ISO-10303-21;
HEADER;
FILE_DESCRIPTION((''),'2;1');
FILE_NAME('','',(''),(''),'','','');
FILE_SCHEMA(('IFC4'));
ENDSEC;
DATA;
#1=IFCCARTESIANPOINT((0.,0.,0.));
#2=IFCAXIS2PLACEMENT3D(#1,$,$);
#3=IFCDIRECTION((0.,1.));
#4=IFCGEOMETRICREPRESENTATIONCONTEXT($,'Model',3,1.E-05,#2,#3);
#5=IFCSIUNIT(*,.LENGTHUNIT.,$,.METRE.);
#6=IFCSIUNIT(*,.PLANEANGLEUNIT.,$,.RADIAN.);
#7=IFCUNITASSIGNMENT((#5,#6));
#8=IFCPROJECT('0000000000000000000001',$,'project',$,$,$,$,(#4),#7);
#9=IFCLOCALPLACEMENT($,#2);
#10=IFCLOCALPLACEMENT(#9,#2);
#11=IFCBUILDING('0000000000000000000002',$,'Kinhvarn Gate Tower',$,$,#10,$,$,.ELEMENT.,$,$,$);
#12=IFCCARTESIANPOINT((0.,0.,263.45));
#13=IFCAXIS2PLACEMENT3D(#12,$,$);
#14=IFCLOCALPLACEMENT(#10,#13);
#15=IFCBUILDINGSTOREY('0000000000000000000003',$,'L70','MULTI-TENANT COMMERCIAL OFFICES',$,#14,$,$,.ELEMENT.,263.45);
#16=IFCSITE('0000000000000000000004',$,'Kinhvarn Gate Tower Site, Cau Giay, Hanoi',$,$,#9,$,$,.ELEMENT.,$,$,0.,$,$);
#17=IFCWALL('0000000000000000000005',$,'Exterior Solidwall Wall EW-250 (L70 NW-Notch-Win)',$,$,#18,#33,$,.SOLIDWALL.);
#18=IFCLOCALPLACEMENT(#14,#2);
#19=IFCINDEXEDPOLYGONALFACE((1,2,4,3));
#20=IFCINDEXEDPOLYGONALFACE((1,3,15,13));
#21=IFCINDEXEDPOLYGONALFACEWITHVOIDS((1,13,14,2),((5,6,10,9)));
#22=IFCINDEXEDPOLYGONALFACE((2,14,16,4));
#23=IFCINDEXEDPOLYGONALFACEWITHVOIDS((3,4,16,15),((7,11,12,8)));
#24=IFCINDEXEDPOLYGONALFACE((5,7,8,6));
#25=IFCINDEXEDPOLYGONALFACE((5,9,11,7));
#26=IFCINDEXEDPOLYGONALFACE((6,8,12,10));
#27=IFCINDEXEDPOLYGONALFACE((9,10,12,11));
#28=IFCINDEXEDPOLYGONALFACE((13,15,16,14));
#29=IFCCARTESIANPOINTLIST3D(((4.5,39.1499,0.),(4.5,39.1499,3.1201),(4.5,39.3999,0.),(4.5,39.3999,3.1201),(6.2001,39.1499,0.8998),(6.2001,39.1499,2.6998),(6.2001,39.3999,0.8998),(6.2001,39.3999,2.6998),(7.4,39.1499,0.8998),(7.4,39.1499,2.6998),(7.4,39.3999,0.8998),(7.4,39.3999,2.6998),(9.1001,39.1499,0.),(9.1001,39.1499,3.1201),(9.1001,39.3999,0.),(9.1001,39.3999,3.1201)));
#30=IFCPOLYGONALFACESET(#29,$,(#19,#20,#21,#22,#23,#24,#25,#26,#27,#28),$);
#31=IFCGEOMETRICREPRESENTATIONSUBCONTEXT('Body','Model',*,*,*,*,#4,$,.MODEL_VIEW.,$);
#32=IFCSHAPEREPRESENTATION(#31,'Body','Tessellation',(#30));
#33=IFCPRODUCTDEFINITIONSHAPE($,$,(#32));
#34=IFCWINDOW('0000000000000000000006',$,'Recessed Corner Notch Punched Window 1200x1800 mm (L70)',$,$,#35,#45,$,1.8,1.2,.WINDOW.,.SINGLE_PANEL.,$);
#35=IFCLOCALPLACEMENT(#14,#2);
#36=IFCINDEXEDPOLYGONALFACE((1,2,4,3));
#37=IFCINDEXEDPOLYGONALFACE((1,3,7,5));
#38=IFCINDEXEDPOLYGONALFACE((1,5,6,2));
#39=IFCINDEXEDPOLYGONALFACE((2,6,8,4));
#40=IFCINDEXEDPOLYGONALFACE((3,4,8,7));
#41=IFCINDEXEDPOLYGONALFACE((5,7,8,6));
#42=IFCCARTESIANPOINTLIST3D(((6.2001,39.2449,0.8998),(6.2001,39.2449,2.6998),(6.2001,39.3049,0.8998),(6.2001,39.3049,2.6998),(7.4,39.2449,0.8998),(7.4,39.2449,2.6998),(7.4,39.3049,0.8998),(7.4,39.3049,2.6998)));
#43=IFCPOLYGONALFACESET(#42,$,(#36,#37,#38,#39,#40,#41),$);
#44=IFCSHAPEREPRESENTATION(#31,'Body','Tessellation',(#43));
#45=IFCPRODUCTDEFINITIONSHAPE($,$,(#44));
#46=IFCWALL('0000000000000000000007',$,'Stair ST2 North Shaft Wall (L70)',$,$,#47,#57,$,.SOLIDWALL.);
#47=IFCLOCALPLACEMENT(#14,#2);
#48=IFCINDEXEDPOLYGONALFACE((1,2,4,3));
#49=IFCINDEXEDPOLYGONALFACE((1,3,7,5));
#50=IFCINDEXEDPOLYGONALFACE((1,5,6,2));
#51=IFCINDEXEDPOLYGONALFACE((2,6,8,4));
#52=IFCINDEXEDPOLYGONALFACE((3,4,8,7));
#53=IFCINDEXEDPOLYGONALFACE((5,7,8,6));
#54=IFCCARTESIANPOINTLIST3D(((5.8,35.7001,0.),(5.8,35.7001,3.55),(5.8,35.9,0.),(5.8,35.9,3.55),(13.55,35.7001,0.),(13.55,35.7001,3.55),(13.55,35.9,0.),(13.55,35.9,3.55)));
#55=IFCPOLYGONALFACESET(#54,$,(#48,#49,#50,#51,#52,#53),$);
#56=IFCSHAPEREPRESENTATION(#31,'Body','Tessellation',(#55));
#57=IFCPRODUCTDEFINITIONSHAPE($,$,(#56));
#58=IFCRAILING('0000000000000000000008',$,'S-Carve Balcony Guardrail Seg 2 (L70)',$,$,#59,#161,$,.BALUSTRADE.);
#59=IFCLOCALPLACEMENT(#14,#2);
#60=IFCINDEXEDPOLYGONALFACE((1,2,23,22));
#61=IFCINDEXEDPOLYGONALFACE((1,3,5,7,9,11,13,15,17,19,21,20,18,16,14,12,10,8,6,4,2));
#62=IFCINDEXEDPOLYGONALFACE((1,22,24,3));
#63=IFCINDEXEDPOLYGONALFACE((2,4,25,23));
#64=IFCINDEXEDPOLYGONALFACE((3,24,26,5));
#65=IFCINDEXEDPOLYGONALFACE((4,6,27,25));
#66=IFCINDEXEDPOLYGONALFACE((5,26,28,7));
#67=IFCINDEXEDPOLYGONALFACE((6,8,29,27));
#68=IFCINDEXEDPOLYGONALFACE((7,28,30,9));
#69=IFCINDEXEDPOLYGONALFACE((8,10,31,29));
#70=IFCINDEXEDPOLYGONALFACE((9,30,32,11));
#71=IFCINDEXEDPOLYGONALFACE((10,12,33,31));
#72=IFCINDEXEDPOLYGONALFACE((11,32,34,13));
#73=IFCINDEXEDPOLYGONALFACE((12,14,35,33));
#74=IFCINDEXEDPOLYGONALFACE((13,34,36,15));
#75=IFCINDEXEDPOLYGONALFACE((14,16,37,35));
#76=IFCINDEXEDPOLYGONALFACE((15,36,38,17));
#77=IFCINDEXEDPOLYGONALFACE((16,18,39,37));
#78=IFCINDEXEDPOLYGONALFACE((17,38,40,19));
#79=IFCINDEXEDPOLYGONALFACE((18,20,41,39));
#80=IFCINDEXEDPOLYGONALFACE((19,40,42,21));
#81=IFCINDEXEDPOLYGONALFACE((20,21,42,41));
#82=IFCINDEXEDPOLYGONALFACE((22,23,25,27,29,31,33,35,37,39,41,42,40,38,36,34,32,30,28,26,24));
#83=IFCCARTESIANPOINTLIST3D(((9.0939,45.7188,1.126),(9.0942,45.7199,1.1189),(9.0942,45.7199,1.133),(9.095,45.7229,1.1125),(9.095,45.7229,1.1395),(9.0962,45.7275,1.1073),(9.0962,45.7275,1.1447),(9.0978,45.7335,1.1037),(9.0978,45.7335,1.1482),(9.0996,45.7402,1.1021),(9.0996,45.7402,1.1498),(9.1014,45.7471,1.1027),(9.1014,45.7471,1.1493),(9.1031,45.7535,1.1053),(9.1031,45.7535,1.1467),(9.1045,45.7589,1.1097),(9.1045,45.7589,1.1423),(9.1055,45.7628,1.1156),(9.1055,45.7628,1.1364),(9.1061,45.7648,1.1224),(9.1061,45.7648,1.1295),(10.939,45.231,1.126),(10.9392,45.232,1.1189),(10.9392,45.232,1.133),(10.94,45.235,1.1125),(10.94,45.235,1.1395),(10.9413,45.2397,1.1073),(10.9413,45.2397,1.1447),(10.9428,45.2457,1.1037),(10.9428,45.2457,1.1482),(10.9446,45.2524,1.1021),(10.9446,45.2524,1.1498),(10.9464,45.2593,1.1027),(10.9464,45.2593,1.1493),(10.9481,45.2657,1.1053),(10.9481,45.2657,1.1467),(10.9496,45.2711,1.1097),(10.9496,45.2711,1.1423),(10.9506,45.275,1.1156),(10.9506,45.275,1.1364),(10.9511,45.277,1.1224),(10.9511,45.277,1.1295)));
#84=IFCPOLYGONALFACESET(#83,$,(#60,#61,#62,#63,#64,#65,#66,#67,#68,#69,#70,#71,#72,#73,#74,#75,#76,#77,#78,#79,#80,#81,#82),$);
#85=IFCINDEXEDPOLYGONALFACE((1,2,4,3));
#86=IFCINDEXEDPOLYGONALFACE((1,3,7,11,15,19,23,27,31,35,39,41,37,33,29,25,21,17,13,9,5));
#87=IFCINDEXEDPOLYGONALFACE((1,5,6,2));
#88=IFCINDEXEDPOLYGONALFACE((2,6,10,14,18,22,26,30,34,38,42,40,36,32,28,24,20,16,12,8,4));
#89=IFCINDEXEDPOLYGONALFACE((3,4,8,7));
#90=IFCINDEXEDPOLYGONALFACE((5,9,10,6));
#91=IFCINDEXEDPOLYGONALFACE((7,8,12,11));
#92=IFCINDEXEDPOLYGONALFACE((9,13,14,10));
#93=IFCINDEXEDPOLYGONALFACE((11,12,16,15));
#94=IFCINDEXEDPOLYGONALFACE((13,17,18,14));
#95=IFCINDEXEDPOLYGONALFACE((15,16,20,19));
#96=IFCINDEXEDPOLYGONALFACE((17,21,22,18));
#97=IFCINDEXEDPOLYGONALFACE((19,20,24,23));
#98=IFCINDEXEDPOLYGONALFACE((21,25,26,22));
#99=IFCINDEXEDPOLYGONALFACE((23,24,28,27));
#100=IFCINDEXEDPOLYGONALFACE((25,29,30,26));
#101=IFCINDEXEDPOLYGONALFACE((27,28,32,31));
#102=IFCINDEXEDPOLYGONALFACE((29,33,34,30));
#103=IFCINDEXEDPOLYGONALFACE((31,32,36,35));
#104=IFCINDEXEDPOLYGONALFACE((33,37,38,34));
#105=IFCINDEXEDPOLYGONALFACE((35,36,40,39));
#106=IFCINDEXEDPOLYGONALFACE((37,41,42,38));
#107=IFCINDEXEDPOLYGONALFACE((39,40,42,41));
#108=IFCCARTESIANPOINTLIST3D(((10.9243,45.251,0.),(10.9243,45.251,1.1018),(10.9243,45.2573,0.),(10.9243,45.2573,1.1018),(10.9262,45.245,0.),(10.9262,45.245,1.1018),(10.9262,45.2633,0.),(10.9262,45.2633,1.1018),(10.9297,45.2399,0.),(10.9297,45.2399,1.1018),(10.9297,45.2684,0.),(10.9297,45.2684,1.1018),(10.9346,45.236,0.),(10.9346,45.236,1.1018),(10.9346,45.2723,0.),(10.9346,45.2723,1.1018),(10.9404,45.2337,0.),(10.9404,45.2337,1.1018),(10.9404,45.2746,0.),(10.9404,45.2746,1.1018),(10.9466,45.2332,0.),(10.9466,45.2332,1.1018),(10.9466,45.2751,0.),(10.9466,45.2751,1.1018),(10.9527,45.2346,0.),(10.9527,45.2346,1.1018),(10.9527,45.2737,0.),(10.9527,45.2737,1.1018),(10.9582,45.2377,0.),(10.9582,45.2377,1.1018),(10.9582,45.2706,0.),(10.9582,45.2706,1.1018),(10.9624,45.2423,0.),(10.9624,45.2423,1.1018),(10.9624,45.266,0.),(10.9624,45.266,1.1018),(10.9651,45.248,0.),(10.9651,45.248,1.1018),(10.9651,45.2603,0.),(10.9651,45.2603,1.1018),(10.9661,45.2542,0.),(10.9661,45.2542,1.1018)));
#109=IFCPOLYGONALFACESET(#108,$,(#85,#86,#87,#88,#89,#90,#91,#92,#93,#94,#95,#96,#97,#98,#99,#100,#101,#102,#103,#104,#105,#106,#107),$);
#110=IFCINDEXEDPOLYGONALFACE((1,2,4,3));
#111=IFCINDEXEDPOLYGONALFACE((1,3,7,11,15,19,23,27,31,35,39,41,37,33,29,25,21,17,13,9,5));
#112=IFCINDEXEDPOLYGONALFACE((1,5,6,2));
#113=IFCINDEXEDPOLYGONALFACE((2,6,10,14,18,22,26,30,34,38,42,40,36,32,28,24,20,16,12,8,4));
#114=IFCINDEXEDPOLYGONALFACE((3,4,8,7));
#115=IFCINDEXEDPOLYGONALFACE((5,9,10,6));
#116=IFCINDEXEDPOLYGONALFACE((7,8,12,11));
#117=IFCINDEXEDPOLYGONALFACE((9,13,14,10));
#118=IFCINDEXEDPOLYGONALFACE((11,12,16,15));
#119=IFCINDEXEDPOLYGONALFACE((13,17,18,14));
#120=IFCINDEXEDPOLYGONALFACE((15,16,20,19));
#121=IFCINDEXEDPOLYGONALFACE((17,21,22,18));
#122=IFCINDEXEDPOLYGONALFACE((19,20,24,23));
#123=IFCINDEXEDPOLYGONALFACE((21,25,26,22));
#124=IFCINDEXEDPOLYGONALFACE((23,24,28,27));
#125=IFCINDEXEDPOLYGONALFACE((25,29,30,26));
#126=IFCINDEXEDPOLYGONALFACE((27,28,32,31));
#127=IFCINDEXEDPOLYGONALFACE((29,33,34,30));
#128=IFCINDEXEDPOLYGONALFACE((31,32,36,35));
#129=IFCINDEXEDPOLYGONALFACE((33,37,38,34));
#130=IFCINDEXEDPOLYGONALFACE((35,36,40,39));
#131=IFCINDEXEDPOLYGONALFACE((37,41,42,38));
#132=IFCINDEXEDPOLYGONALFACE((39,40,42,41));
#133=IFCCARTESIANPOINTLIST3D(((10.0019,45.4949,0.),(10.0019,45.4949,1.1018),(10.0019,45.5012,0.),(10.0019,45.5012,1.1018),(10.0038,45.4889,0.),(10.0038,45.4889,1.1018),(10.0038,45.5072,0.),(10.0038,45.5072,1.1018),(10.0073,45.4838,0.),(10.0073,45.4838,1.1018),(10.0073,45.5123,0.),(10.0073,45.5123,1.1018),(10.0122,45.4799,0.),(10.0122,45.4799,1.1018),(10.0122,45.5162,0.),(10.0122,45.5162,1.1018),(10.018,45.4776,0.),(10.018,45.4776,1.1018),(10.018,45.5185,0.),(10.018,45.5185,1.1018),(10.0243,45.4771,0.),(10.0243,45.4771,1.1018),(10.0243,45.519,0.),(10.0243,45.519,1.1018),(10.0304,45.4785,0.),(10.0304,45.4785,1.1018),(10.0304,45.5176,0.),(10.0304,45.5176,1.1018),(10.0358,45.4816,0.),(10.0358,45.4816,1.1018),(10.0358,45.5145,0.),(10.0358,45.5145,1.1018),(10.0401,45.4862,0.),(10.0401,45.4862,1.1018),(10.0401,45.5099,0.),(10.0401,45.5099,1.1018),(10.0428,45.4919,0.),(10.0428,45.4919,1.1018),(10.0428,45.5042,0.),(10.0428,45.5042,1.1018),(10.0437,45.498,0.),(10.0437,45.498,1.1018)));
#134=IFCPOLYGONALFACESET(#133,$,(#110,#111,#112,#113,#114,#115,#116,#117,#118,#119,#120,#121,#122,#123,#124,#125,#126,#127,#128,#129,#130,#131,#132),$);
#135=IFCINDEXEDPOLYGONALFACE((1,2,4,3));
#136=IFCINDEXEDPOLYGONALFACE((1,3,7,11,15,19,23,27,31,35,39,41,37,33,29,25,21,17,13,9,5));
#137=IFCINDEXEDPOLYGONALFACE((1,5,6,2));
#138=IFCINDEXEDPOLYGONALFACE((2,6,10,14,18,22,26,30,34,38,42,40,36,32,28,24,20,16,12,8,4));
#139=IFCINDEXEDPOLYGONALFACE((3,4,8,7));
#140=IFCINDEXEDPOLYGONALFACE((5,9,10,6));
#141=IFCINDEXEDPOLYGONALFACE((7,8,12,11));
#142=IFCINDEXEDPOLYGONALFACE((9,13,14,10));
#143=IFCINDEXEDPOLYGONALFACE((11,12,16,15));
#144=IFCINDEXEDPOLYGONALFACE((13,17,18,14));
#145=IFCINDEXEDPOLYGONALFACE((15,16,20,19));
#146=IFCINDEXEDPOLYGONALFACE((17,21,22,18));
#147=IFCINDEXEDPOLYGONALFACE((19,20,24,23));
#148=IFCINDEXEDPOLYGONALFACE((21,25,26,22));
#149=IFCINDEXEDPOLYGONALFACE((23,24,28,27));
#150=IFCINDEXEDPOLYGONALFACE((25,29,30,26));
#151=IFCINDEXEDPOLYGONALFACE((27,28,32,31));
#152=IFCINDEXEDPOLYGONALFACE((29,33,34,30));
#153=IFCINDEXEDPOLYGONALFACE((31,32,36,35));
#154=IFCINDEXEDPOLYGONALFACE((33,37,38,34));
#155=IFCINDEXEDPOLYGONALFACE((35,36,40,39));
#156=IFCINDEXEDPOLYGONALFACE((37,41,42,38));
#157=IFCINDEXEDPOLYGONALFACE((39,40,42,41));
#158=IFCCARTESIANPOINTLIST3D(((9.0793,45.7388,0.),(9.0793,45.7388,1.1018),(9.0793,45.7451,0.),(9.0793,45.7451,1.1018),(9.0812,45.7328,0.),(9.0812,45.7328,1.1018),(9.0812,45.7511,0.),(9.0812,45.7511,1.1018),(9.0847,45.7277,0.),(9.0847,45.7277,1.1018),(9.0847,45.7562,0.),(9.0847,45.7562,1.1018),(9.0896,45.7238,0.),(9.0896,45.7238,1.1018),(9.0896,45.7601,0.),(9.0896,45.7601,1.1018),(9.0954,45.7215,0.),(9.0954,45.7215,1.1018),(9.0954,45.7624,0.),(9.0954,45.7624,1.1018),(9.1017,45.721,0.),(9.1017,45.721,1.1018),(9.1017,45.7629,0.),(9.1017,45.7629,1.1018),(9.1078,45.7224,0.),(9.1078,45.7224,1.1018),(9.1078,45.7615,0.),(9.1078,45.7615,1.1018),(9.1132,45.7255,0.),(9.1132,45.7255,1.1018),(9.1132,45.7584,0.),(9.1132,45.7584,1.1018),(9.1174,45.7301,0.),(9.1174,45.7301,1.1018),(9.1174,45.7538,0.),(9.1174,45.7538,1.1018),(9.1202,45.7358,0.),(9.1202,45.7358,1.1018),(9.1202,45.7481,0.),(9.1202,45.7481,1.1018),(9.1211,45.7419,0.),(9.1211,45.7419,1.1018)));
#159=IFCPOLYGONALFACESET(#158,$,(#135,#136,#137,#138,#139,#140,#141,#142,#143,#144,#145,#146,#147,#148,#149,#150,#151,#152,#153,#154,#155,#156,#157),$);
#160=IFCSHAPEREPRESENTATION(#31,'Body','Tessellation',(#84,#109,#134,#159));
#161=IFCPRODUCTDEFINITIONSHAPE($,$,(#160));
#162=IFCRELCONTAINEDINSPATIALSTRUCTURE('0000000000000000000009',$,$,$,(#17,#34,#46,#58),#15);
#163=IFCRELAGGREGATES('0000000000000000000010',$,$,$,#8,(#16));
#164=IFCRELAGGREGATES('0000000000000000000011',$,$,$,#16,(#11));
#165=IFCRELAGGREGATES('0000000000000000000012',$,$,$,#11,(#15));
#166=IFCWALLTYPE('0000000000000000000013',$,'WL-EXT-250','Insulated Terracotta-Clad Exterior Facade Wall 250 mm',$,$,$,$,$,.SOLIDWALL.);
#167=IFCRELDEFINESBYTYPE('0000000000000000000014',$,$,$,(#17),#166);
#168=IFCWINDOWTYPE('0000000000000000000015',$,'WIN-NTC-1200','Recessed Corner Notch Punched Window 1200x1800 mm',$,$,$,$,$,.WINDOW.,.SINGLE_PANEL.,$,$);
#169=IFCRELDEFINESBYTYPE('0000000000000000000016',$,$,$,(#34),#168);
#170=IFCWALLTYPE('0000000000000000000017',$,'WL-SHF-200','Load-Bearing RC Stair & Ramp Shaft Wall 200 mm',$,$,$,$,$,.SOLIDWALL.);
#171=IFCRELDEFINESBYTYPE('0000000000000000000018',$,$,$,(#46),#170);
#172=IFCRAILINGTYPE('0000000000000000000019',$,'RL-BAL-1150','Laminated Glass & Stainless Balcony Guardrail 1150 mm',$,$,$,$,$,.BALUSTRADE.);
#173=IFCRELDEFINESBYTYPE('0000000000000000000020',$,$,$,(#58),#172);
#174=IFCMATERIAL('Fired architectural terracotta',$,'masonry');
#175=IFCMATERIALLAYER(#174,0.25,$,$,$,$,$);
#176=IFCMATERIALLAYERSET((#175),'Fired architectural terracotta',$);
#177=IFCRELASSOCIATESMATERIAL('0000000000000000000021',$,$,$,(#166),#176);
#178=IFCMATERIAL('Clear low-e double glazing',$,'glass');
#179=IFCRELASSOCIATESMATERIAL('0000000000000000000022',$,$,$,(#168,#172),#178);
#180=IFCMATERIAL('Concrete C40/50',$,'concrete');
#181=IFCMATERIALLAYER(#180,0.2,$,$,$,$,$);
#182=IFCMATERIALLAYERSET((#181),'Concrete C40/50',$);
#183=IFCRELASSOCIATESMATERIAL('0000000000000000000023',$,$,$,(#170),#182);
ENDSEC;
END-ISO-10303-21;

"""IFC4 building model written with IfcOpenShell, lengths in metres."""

from ifc_helpers import new_model, si_unit, direction, frame, frame_2d, origin, origin_2d, place, context, subcontext, project, spatial, rectangle, circle, extrude, material, layer, layer_set, type_object, element, fill, save


model = new_model("IFC4")

# Units and contexts
model_context = context("Model", 3, precision=1e-05, world=origin(), true_north=direction((0.0, 1.0)))
body_context = subcontext(model_context, "Body", "Model", "MODEL_VIEW")
ifc_project = project(units=[si_unit("LENGTHUNIT", "METRE"), si_unit("PLANEANGLEUNIT", "RADIAN")], contexts=[model_context])

# Site, building, storey
site_placement = place(None, origin())
site = spatial("IfcSite", under=ifc_project, at=site_placement, Name="Kinhvarn Gate Tower Site, Cau Giay, Hanoi", CompositionType="ELEMENT", RefElevation=0.0)
building_placement = place(site_placement, origin())
building = spatial("IfcBuilding", under=site, at=building_placement, Name="Kinhvarn Gate Tower", CompositionType="ELEMENT")
storey_placement = place(building_placement, frame((0.0, 0.0, 263.45)))
storey = spatial("IfcBuildingStorey", under=building, at=storey_placement, Name="L70", Description="MULTI-TENANT COMMERCIAL OFFICES", CompositionType="ELEMENT", Elevation=263.45)

# Shared definitions
ifc_material_1 = material(Name="Fired architectural terracotta", Category="masonry")
ifc_layer_1 = layer(ifc_material_1, 0.25)
ifc_layer_set_1 = layer_set([ifc_layer_1], Name="Fired architectural terracotta")
wall_type_1 = type_object("IfcWallType", Name="WL-EXT-250", Description="Insulated Terracotta-Clad Exterior Facade Wall 250 mm", PredefinedType="SOLIDWALL", material=ifc_layer_set_1)

# Shared definitions
ifc_material_2 = material(Name="Clear low-e double glazing", Category="glass")

# Wall, opening, window
wall_1_placement = place(storey_placement, frame((9.1001, 39.2749, 0.0), z_axis=(0.0, 0.0, 1.0), x_axis=(-1.0, 0.0, 0.0)))
wall_1 = element("IfcWall", 1, at=wall_1_placement, inside=storey, type_object=wall_type_1, Name="Exterior Solidwall Wall EW-250 (L70 NW-Notch-Win)", PredefinedType="SOLIDWALL", context=body_context, shape_type="SweptSolid", body=[
    extrude(rectangle(XDim=4.6001, YDim=0.25, at=frame_2d((2.3, 0.0))), origin(), (0.0, 0.0, 1.0), 3.1201),
])
opening_1_placement = place(wall_1_placement, frame((1.7, 0.0, 0.8999)))
opening_1 = element("IfcOpeningElement", 2, at=opening_1_placement, cuts=wall_1, PredefinedType="OPENING", context=body_context, shape_type="SweptSolid", body=[
    extrude(rectangle(XDim=1.2, YDim=1.8, at=frame_2d((0.6001, 0.8999))), frame((0.0, 0.135, 0.0), z_axis=(0.0, -1.0, 0.0), x_axis=(1.0, 0.0, 0.0)), (0.0, 0.0, 1.0), 0.27),
])
window_type = type_object("IfcWindowType", Name="WIN-NTC-1200", Description="Recessed Corner Notch Punched Window 1200x1800 mm", PartitioningType="SINGLE_PANEL", PredefinedType="WINDOW", material=ifc_material_2)
window_placement = place(opening_1_placement, origin())
window = element("IfcWindow", 3, at=window_placement, inside=storey, type_object=window_type, Name="Recessed Corner Notch Punched Window 1200x1800 mm (L70)", OverallHeight=1.8, OverallWidth=1.2, PartitioningType="SINGLE_PANEL", PredefinedType="WINDOW", context=body_context, shape_type="SweptSolid", body=[
    extrude(rectangle(XDim=1.2, YDim=1.8, at=frame_2d((0.6001, 0.8999))), frame((0.0, 0.03, 0.0), z_axis=(0.0, -1.0, 0.0), x_axis=(1.0, 0.0, 0.0)), (0.0, 0.0, 1.0), 0.0601),
])
fill(opening_1, window)

# Wall
ifc_material_3 = material(Name="Concrete C40/50", Category="concrete")
ifc_layer_2 = layer(ifc_material_3, 0.2)
ifc_layer_set_2 = layer_set([ifc_layer_2], Name="Concrete C40/50")
wall_type_2 = type_object("IfcWallType", Name="WL-SHF-200", Description="Load-Bearing RC Stair & Ramp Shaft Wall 200 mm", PredefinedType="SOLIDWALL", material=ifc_layer_set_2)
wall_2_placement = place(storey_placement, frame((5.8, 35.8, 0.0), z_axis=(0.0, 0.0, 1.0), x_axis=(1.0, 0.0, 0.0)))
element("IfcWall", 4, at=wall_2_placement, inside=storey, type_object=wall_type_2, Name="Stair ST2 North Shaft Wall (L70)", PredefinedType="SOLIDWALL", context=body_context, shape_type="SweptSolid", body=[
    extrude(rectangle(XDim=7.75, YDim=0.2, at=frame_2d((3.875, 0.0))), origin(), (0.0, 0.0, 1.0), 3.55),
])

# Railing
railing_type = type_object("IfcRailingType", Name="RL-BAL-1150", Description="Laminated Glass & Stainless Balcony Guardrail 1150 mm", PredefinedType="BALUSTRADE", material=ifc_material_2)
railing_1_placement = place(storey_placement, frame((10.9451, 45.2542, 0.0)))
element("IfcRailing", 5, at=railing_1_placement, inside=storey, type_object=railing_type, Name="S-Carve Balcony Guardrail Seg 2 (L70)", PredefinedType="BALUSTRADE", context=body_context, shape_type="SweptSolid", body=[
    extrude(circle(Radius=0.0239, at=origin_2d()), frame((0.0, 0.0, 1.126), z_axis=(-0.966781, 0.255608, 0.0), x_axis=(-0.255608, -0.966781, 0.0)), (0.0, 0.0, 1.0), 1.9084),
    extrude(circle(Radius=0.021, at=origin_2d()), origin(), (0.0, 0.0, 1.0), 1.1018),
    extrude(circle(Radius=0.021, at=origin_2d()), frame((-0.9224, 0.2439, 0.0)), (0.0, 0.0, 1.0), 1.1018),
    extrude(circle(Radius=0.021, at=origin_2d()), frame((-1.845, 0.4878, 0.0)), (0.0, 0.0, 1.0), 1.1018),
])

save(model, "model.ifc")
